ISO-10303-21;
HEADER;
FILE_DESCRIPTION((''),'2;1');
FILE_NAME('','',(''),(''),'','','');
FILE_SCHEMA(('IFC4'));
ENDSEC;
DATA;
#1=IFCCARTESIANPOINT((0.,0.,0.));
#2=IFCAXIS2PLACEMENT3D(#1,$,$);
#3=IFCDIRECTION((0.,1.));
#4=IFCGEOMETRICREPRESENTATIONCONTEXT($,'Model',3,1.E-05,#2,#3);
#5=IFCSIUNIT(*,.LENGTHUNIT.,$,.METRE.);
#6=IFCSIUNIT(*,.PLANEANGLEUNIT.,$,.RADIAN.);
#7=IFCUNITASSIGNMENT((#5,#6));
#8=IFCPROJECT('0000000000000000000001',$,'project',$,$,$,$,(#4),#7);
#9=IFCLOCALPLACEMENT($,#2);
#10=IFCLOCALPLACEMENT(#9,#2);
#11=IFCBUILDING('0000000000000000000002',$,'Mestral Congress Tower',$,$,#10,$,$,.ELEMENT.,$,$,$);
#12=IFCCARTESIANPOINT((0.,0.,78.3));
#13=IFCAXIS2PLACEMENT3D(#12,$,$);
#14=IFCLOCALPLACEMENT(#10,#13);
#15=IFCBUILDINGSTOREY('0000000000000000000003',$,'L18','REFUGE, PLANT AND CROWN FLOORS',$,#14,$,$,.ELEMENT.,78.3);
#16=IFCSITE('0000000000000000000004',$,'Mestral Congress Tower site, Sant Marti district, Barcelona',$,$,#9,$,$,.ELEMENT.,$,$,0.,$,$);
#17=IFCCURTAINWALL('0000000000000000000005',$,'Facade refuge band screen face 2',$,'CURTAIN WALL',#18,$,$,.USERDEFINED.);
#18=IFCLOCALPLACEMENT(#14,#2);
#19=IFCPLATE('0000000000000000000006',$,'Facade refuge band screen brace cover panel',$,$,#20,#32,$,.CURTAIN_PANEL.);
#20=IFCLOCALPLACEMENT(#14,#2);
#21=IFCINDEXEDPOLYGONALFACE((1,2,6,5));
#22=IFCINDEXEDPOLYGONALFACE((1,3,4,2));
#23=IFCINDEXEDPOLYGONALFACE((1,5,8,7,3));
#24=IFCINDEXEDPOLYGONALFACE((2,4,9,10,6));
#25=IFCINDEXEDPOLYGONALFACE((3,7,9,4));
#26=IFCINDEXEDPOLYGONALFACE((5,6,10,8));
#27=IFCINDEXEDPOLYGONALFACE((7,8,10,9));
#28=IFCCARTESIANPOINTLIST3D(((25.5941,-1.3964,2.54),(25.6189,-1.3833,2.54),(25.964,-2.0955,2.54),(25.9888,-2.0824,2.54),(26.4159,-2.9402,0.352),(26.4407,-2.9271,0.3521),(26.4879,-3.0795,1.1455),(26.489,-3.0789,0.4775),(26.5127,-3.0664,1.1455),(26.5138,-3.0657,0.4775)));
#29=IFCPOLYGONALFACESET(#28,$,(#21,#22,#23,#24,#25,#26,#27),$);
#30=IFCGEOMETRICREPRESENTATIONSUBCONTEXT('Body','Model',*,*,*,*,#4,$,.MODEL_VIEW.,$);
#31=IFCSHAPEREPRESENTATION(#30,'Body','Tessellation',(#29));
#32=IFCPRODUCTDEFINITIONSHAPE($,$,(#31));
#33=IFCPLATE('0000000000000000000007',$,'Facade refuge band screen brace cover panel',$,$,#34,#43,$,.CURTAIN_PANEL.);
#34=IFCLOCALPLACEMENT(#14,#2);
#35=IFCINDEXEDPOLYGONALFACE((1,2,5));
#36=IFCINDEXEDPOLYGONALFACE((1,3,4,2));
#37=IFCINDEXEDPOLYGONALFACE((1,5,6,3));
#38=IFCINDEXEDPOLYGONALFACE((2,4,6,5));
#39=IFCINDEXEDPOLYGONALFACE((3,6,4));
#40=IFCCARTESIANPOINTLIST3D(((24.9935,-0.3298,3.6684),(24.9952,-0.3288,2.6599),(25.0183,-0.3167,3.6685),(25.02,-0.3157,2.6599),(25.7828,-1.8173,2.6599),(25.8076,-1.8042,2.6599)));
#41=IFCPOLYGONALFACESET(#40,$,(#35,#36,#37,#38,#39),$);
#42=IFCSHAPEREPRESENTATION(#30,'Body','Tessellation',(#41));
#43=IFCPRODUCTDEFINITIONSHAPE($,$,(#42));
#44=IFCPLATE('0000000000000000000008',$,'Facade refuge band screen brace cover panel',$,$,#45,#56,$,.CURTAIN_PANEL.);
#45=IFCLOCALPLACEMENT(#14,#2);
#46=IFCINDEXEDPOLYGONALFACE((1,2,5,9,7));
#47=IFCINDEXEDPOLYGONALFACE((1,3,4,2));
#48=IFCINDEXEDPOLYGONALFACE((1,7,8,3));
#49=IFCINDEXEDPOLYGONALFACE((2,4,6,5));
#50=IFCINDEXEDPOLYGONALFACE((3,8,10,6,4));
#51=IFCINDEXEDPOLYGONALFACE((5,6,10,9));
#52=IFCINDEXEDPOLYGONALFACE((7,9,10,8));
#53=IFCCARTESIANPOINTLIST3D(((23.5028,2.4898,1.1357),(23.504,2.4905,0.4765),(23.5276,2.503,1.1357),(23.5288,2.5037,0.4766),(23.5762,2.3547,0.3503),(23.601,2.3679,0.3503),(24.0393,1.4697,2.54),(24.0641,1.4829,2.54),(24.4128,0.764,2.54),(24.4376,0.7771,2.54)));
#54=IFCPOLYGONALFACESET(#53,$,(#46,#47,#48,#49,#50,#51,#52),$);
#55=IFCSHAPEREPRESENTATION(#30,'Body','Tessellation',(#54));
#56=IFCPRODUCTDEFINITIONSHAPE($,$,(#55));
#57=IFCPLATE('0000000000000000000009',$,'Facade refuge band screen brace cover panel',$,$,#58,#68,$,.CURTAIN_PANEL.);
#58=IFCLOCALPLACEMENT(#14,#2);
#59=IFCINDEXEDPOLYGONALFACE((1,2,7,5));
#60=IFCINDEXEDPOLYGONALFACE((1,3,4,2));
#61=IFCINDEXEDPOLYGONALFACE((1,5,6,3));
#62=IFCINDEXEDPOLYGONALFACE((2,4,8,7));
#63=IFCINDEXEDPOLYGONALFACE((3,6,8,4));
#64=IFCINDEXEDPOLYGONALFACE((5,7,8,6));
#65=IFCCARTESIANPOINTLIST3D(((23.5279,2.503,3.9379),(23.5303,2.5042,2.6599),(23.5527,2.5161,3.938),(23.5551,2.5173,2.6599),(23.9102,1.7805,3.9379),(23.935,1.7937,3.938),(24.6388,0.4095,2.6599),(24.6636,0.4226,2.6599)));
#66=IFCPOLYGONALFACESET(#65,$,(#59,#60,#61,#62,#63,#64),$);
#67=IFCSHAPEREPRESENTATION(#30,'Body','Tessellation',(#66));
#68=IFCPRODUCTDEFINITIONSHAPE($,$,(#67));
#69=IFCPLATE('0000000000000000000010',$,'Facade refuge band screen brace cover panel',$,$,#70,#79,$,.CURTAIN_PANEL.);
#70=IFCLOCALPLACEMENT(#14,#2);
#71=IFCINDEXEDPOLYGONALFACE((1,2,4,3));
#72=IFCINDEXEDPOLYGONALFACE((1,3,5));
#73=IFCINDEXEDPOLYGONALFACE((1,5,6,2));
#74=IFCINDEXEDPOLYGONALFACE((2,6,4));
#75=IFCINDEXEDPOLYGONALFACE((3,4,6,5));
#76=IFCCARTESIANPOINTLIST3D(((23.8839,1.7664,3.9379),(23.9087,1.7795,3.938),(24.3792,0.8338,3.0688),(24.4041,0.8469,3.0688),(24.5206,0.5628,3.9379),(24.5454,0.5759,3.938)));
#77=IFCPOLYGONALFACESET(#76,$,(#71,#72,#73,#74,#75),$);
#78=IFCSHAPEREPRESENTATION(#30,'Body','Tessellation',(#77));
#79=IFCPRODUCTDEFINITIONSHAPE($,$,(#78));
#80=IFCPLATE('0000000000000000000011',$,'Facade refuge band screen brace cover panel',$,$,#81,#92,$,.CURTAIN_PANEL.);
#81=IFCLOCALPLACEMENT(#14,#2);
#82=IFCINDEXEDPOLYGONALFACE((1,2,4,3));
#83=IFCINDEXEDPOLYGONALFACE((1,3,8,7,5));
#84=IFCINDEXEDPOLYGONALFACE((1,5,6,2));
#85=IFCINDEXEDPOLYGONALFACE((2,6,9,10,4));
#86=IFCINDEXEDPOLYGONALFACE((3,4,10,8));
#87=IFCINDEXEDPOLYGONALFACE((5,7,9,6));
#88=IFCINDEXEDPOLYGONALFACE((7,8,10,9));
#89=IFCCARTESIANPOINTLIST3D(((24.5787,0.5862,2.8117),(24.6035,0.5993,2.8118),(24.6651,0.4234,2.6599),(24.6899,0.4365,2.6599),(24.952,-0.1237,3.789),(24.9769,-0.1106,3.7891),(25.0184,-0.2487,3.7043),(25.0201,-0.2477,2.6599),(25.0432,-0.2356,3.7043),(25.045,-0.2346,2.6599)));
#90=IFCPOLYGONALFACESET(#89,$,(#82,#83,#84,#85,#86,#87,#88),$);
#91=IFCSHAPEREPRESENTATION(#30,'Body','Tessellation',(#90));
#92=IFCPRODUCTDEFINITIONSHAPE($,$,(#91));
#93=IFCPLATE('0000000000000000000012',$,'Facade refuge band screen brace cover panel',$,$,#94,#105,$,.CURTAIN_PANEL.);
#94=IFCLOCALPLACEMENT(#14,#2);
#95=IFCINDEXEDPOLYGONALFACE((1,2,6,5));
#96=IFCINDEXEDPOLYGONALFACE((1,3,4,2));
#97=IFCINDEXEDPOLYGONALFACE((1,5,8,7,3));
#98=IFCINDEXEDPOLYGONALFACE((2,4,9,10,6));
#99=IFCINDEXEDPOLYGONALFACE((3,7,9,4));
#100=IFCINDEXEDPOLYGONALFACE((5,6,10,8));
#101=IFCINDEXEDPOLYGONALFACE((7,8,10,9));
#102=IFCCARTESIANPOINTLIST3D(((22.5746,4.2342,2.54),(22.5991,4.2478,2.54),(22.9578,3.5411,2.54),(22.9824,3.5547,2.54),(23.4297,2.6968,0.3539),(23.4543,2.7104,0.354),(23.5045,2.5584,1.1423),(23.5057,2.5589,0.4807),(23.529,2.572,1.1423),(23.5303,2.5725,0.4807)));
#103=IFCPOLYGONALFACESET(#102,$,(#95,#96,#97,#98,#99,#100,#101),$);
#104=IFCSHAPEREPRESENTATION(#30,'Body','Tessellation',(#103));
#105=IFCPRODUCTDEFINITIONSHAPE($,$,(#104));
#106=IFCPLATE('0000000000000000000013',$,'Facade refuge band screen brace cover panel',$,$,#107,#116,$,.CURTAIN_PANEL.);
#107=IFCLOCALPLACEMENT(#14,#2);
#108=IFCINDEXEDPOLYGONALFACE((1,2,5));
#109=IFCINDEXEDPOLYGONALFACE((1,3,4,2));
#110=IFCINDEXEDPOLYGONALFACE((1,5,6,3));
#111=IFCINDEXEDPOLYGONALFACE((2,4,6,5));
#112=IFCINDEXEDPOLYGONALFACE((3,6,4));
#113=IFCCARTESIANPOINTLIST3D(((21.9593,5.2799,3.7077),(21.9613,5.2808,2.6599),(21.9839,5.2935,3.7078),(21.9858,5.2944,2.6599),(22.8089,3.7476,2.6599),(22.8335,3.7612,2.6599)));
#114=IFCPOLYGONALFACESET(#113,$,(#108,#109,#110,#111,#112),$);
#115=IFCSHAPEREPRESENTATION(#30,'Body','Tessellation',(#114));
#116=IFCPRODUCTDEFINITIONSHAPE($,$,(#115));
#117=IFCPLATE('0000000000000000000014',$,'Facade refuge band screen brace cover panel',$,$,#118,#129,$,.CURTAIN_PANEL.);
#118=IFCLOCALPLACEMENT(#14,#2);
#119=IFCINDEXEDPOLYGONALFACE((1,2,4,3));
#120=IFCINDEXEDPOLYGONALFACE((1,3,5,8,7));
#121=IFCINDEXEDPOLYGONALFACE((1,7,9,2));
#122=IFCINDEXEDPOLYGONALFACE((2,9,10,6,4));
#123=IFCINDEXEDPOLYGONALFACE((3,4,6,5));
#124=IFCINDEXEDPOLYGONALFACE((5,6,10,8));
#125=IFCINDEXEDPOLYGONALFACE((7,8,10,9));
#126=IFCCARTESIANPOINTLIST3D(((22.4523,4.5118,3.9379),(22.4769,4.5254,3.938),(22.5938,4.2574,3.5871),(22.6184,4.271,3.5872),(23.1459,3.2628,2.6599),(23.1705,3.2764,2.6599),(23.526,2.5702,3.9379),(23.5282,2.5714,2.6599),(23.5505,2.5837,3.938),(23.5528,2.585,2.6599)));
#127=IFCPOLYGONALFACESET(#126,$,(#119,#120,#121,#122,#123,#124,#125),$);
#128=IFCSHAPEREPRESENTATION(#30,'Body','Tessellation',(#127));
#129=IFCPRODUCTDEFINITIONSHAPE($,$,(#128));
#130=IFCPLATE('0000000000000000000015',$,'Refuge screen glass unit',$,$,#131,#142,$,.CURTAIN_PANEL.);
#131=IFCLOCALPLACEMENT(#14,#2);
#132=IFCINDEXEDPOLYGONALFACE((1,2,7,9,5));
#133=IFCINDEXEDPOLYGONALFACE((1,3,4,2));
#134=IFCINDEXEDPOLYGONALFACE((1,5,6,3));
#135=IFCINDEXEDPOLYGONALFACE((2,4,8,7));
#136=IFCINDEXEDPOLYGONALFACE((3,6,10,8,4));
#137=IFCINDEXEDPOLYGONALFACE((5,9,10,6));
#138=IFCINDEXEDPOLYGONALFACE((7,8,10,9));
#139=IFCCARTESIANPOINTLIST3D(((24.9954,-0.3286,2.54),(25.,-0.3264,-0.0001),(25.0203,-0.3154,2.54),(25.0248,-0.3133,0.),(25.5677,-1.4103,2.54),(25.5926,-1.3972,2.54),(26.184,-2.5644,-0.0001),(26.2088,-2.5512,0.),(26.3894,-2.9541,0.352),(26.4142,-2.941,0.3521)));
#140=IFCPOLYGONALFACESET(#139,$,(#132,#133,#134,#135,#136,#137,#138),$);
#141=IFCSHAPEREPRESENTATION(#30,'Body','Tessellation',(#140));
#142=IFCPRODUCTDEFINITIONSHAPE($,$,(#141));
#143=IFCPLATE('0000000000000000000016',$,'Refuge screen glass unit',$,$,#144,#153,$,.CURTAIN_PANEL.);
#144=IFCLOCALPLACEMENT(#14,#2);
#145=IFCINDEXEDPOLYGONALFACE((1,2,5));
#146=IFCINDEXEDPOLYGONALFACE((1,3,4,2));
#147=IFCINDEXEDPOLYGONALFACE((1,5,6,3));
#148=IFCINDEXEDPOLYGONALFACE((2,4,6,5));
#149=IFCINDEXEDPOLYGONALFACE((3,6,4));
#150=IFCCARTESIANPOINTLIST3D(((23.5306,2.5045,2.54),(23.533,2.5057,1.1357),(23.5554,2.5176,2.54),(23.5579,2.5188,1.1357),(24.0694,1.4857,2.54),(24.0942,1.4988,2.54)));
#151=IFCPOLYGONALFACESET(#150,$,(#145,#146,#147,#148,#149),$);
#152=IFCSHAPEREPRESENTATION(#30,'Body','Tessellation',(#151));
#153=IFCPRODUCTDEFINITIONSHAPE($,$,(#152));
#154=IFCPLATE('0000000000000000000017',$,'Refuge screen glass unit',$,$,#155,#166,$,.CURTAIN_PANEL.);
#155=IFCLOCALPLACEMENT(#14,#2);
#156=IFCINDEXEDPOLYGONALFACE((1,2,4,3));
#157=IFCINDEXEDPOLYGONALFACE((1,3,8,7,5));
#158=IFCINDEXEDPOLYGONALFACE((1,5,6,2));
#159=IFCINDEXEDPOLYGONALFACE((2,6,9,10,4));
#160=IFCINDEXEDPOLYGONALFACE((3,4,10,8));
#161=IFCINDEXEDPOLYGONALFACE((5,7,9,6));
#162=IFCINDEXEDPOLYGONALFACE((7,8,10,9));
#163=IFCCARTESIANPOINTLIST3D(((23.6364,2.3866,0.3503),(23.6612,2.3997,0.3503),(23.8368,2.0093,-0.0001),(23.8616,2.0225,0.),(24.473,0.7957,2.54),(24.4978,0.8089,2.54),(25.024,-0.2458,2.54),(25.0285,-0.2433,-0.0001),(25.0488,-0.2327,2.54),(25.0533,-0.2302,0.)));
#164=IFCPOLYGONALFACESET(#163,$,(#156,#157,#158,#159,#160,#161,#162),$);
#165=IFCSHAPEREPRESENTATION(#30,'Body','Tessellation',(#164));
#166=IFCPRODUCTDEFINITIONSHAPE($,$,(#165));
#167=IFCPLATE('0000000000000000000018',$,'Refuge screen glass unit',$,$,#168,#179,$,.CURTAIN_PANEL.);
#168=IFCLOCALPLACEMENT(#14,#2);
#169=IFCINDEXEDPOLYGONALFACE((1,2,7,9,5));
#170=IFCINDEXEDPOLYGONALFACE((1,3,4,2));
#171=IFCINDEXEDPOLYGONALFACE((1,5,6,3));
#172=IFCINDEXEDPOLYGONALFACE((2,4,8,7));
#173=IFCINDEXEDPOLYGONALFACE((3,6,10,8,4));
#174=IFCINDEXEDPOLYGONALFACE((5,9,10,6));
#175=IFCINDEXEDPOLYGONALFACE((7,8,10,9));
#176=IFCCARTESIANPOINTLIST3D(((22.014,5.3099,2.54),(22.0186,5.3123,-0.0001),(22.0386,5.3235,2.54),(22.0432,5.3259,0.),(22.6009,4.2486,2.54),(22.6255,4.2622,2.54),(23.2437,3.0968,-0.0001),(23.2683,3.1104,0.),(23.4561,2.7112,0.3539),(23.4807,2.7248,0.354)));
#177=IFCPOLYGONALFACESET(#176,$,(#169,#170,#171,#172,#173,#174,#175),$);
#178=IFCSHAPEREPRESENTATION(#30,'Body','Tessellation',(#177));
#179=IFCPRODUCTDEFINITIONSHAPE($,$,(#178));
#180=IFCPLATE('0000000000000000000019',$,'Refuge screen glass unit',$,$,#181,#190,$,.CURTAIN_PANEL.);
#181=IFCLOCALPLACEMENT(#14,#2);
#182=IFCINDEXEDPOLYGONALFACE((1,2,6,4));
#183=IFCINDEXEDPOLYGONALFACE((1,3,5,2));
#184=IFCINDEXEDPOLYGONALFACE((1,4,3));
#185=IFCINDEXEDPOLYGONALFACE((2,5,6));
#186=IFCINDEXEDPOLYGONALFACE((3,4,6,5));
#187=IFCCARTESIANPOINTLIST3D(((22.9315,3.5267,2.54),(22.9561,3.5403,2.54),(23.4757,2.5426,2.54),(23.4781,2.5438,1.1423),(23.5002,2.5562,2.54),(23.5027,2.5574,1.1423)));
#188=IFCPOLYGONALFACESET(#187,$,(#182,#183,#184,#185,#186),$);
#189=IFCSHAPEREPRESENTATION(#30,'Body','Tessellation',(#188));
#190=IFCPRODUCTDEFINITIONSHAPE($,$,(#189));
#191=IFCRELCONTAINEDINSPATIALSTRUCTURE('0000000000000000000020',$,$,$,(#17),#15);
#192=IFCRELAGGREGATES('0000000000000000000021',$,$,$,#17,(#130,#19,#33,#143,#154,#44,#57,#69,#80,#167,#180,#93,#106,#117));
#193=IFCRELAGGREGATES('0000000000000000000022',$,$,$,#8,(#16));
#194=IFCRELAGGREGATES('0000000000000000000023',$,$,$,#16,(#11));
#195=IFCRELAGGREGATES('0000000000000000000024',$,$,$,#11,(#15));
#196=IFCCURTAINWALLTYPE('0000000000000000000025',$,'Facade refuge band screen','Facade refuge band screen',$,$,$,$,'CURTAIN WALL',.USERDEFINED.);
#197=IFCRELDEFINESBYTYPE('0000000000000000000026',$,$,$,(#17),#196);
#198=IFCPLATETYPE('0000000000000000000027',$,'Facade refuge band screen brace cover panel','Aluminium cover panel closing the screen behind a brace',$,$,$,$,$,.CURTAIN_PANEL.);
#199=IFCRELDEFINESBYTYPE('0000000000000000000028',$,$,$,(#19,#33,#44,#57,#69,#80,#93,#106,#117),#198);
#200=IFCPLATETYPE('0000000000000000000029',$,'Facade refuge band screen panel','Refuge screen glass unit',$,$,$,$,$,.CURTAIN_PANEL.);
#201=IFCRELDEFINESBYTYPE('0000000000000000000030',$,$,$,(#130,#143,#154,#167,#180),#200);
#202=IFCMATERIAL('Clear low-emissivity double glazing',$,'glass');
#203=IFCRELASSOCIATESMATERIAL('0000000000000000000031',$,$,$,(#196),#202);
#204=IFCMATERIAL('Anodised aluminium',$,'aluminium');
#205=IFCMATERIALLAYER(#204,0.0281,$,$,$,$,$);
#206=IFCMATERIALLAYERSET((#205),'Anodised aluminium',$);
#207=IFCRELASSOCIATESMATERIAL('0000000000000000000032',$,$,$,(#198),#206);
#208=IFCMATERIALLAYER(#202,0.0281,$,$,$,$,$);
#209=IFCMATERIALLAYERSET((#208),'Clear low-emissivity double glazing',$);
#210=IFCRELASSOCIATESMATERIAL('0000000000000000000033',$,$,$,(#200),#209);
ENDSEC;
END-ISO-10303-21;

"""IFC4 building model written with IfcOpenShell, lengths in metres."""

from ifc_helpers import new_model, si_unit, direction, frame, origin, place, context, subcontext, project, spatial, polyline, outline, extrude, material, layer, layer_set, type_object, element, aggregate, save


model = new_model("IFC4")

# Units and contexts
model_context = context("Model", 3, precision=1e-05, world=origin(), true_north=direction((0.0, 1.0)))
body_context = subcontext(model_context, "Body", "Model", "MODEL_VIEW")
ifc_project = project(units=[si_unit("LENGTHUNIT", "METRE"), si_unit("PLANEANGLEUNIT", "RADIAN")], contexts=[model_context])

# Site, building, storey
site_placement = place(None, origin())
site = spatial("IfcSite", under=ifc_project, at=site_placement, Name="Mestral Congress Tower site, Sant Marti district, Barcelona", CompositionType="ELEMENT", RefElevation=0.0)
building_placement = place(site_placement, origin())
building = spatial("IfcBuilding", under=site, at=building_placement, Name="Mestral Congress Tower", CompositionType="ELEMENT")
storey_placement = place(building_placement, frame((0.0, 0.0, 78.3)))
storey = spatial("IfcBuildingStorey", under=building, at=storey_placement, Name="L18", Description="REFUGE, PLANT AND CROWN FLOORS", CompositionType="ELEMENT", Elevation=78.3)

# Curtain wall
ifc_material_1 = material(Name="Clear low-emissivity double glazing", Category="glass")
curtain_wall_type = type_object("IfcCurtainWallType", Name="Facade refuge band screen", Description="Facade refuge band screen", ElementType="CURTAIN WALL", PredefinedType="USERDEFINED", material=ifc_material_1)
curtain_wall_placement = place(storey_placement, origin())
curtain_wall = element("IfcCurtainWall", 1, at=curtain_wall_placement, inside=storey, type_object=curtain_wall_type, Name="Facade refuge band screen face 2", ObjectType="CURTAIN WALL", PredefinedType="USERDEFINED")
ifc_material_2 = material(Name="Anodised aluminium", Category="aluminium")

# Plates
ifc_layer_1 = layer(ifc_material_2, 0.0281)
ifc_layer_set_1 = layer_set([ifc_layer_1], Name="Anodised aluminium")
plate_type_1 = type_object("IfcPlateType", Name="Facade refuge band screen brace cover panel", Description="Aluminium cover panel closing the screen behind a brace", PredefinedType="CURTAIN_PANEL", material=ifc_layer_set_1)
plate_1_placement = place(storey_placement, frame((25.6189, -1.3833, 2.54), z_axis=(0.883874, 0.467721, 0.001977), x_axis=(0.293398, -0.551146, -0.781124)))
plate_1 = element("IfcPlate", 2, at=plate_1_placement, type_object=plate_type_1, Name="Facade refuge band screen brace cover panel", PredefinedType="CURTAIN_PANEL", context=body_context, shape_type="SweptSolid", body=[
    extrude(outline(polyline([(0.0, 0.0), (2.8011, 0.0), (2.8009, -0.2008), (2.2792, -0.6179), (0.4938, -0.6178), (0.0, 0.0)])), origin(), (0.0, 0.0, -1.0), 0.0281),
])
plate_2_placement = place(storey_placement, frame((25.02, -0.3157, 2.6599), z_axis=(0.883896, 0.46768, 0.001951), x_axis=(0.467681, -0.883897, 0.0)))
plate_2 = element("IfcPlate", 3, at=plate_2_placement, type_object=plate_type_1, Name="Facade refuge band screen brace cover panel", PredefinedType="CURTAIN_PANEL", context=body_context, shape_type="SweptSolid", body=[
    extrude(outline(polyline([(0.0, 0.0), (1.684, 0.0), (0.0001, -1.0085), (0.0, 0.0)])), origin(), (0.0, 0.0, -1.0), 0.0281),
])
plate_3_placement = place(storey_placement, frame((23.5288, 2.5037, 0.4766), z_axis=(0.883869, 0.467731, 0.00209), x_axis=(0.362713, -0.682583, -0.634445)))
plate_3 = element("IfcPlate", 4, at=plate_3_placement, type_object=plate_type_1, Name="Facade refuge band screen brace cover panel", PredefinedType="CURTAIN_PANEL", context=body_context, shape_type="SweptSolid", body=[
    extrude(outline(polyline([(0.0, 0.0), (0.1989, 0.0), (0.199, -2.8329), (-0.4182, -2.3263), (-0.4182, -0.5096), (0.0, 0.0)])), origin(), (0.0, 0.0, -1.0), 0.0281),
])
plate_4_placement = place(storey_placement, frame((23.5527, 2.5161, 3.938), z_axis=(0.883877, 0.467714, 0.0021), x_axis=(0.001879, 0.000939, -0.999998)))
plate_4 = element("IfcPlate", 5, at=plate_4_placement, type_object=plate_type_1, Name="Facade refuge band screen brace cover panel", PredefinedType="CURTAIN_PANEL", context=body_context, shape_type="SweptSolid", body=[
    extrude(outline(polyline([(0.0, 0.0), (1.2781, 0.0), (1.2782, -2.3699), (0.0, -0.8173), (0.0, 0.0)])), origin(), (0.0, 0.0, -1.0), 0.0281),
])
plate_5_placement = place(storey_placement, frame((23.9087, 1.7795, 3.938), z_axis=(0.883934, 0.467607, 0.002035), x_axis=(0.36219, -0.681895, -0.635483)))
plate_5 = element("IfcPlate", 6, at=plate_5_placement, type_object=plate_type_1, Name="Facade refuge band screen brace cover panel", PredefinedType="CURTAIN_PANEL", context=body_context, shape_type="SweptSolid", body=[
    extrude(outline(polyline([(0.0, 0.0), (1.3677, 0.0), (1.0514, -0.8653), (0.0, 0.0)])), origin(), (0.0, 0.0, -1.0), 0.0281),
])
plate_6_placement = place(storey_placement, frame((24.6899, 0.4365, 2.6599), z_axis=(0.883945, 0.467587, 0.001943), x_axis=(0.467588, -0.883946, 0.0)))
plate_6 = element("IfcPlate", 7, at=plate_6_placement, type_object=plate_type_1, Name="Facade refuge band screen brace cover panel", PredefinedType="CURTAIN_PANEL", context=body_context, shape_type="SweptSolid", body=[
    extrude(outline(polyline([(0.0, 0.0), (0.7592, 0.0), (0.7593, -1.0444), (0.6178, -1.1292), (-0.1844, -0.1519), (0.0, 0.0)])), origin(), (0.0, 0.0, -1.0), 0.0281),
])
plate_7_placement = place(storey_placement, frame((22.5991, 4.2478, 2.54), z_axis=(0.875113, 0.483914, 0.002027), x_axis=(0.304772, -0.547888, -0.779059)))
plate_7 = element("IfcPlate", 8, at=plate_7_placement, type_object=plate_type_1, Name="Facade refuge band screen brace cover panel", PredefinedType="CURTAIN_PANEL", context=body_context, shape_type="SweptSolid", body=[
    extrude(outline(polyline([(0.0, 0.0), (2.806, 0.0), (2.806, -0.2021), (2.2905, -0.6168), (0.4966, -0.617), (0.0, 0.0)])), origin(), (0.0, 0.0, -1.0), 0.0281),
])
plate_8_placement = place(storey_placement, frame((21.9858, 5.2944, 2.6599), z_axis=(0.875153, 0.483842, 0.002082), x_axis=(0.483843, -0.875155, 0.0)))
plate_8 = element("IfcPlate", 9, at=plate_8_placement, type_object=plate_type_1, Name="Facade refuge band screen brace cover panel", PredefinedType="CURTAIN_PANEL", context=body_context, shape_type="SweptSolid", body=[
    extrude(outline(polyline([(0.0, 0.0), (1.7519, 0.0), (-0.0001, -1.0479), (0.0, 0.0)])), origin(), (0.0, 0.0, -1.0), 0.0281),
])
plate_9_placement = place(storey_placement, frame((23.5505, 2.5837, 3.938), z_axis=(0.875124, 0.483894, 0.002018), x_axis=(-0.483895, 0.875126, 0.0)))
plate_9 = element("IfcPlate", 10, at=plate_9_placement, type_object=plate_type_1, Name="Facade refuge band screen brace cover panel", PredefinedType="CURTAIN_PANEL", context=body_context, shape_type="SweptSolid", body=[
    extrude(outline(polyline([(0.0, 0.0), (2.2188, 0.0), (1.9276, -0.3508), (0.7901, -1.2781), (0.0, -1.2781), (0.0, 0.0)])), origin(), (0.0, 0.0, -1.0), 0.0281),
])
ifc_layer_2 = layer(ifc_material_1, 0.0281)
ifc_layer_set_2 = layer_set([ifc_layer_2], Name="Clear low-emissivity double glazing")
plate_type_2 = type_object("IfcPlateType", Name="Facade refuge band screen panel", Description="Refuge screen glass unit", PredefinedType="CURTAIN_PANEL", material=ifc_layer_set_2)
plate_10_placement = place(storey_placement, frame((25.0203, -0.3154, 2.54), z_axis=(0.883922, 0.467629, 0.001982), x_axis=(0.001794, 0.000848, -0.999998)))
plate_10 = element("IfcPlate", 11, at=plate_10_placement, type_object=plate_type_2, Name="Refuge screen glass unit", PredefinedType="CURTAIN_PANEL", context=body_context, shape_type="SweptSolid", body=[
    extrude(outline(polyline([(0.0, 0.0), (2.54, 0.0), (2.5403, -2.5319), (2.1883, -2.9724), (0.0001, -1.2238), (0.0, 0.0)])), origin(), (0.0, 0.0, -1.0), 0.0281),
])
plate_11_placement = place(storey_placement, frame((23.5554, 2.5176, 2.54), z_axis=(0.883982, 0.467517, 0.001943), x_axis=(0.001739, 0.000869, -0.999998)))
plate_11 = element("IfcPlate", 12, at=plate_11_placement, type_object=plate_type_2, Name="Refuge screen glass unit", PredefinedType="CURTAIN_PANEL", context=body_context, shape_type="SweptSolid", body=[
    extrude(outline(polyline([(0.0, 0.0), (1.4043, 0.0), (0.0001, -1.1525), (0.0, 0.0)])), origin(), (0.0, 0.0, -1.0), 0.0281),
])
plate_12_placement = place(storey_placement, frame((23.8616, 2.0225, 0.0), z_axis=(0.883922, 0.46763, 0.002011), x_axis=(0.467631, -0.883924, 0.0)))
plate_12 = element("IfcPlate", 13, at=plate_12_placement, type_object=plate_type_2, Name="Refuge screen glass unit", PredefinedType="CURTAIN_PANEL", context=body_context, shape_type="SweptSolid", body=[
    extrude(outline(polyline([(0.0, 0.0), (2.5485, 0.0), (2.5486, -2.54), (1.3703, -2.54), (-0.4271, -0.3503), (0.0, 0.0)])), origin(), (0.0, 0.0, -1.0), 0.0281),
])
plate_13_placement = place(storey_placement, frame((22.0386, 5.3235, 2.54), z_axis=(0.875108, 0.483923, 0.002036), x_axis=(0.001802, 0.000948, -0.999998)))
plate_13 = element("IfcPlate", 14, at=plate_13_placement, type_object=plate_type_2, Name="Refuge screen glass unit", PredefinedType="CURTAIN_PANEL", context=body_context, shape_type="SweptSolid", body=[
    extrude(outline(polyline([(0.0, 0.0), (2.54, 0.0), (2.5402, -2.5317), (2.1862, -2.9719), (0.0001, -1.2128), (0.0, 0.0)])), origin(), (0.0, 0.0, -1.0), 0.0281),
])
plate_14_placement = place(storey_placement, frame((23.5002, 2.5562, 2.54), z_axis=(0.875116, 0.483908, 0.001951), x_axis=(-0.483909, 0.875118, 0.0)))
plate_14 = element("IfcPlate", 15, at=plate_14_placement, type_object=plate_type_2, Name="Refuge screen glass unit", PredefinedType="CURTAIN_PANEL", context=body_context, shape_type="SweptSolid", body=[
    extrude(outline(polyline([(0.0, 0.0), (1.1246, 0.0), (-0.0001, -1.3977), (0.0, 0.0)])), origin(), (0.0, 0.0, -1.0), 0.0281),
])
aggregate(curtain_wall, [plate_10, plate_1, plate_2, plate_11, plate_12, plate_3, plate_4, plate_5, plate_6, plate_13, plate_14, plate_7, plate_8, plate_9])

save(model, "model.ifc")
